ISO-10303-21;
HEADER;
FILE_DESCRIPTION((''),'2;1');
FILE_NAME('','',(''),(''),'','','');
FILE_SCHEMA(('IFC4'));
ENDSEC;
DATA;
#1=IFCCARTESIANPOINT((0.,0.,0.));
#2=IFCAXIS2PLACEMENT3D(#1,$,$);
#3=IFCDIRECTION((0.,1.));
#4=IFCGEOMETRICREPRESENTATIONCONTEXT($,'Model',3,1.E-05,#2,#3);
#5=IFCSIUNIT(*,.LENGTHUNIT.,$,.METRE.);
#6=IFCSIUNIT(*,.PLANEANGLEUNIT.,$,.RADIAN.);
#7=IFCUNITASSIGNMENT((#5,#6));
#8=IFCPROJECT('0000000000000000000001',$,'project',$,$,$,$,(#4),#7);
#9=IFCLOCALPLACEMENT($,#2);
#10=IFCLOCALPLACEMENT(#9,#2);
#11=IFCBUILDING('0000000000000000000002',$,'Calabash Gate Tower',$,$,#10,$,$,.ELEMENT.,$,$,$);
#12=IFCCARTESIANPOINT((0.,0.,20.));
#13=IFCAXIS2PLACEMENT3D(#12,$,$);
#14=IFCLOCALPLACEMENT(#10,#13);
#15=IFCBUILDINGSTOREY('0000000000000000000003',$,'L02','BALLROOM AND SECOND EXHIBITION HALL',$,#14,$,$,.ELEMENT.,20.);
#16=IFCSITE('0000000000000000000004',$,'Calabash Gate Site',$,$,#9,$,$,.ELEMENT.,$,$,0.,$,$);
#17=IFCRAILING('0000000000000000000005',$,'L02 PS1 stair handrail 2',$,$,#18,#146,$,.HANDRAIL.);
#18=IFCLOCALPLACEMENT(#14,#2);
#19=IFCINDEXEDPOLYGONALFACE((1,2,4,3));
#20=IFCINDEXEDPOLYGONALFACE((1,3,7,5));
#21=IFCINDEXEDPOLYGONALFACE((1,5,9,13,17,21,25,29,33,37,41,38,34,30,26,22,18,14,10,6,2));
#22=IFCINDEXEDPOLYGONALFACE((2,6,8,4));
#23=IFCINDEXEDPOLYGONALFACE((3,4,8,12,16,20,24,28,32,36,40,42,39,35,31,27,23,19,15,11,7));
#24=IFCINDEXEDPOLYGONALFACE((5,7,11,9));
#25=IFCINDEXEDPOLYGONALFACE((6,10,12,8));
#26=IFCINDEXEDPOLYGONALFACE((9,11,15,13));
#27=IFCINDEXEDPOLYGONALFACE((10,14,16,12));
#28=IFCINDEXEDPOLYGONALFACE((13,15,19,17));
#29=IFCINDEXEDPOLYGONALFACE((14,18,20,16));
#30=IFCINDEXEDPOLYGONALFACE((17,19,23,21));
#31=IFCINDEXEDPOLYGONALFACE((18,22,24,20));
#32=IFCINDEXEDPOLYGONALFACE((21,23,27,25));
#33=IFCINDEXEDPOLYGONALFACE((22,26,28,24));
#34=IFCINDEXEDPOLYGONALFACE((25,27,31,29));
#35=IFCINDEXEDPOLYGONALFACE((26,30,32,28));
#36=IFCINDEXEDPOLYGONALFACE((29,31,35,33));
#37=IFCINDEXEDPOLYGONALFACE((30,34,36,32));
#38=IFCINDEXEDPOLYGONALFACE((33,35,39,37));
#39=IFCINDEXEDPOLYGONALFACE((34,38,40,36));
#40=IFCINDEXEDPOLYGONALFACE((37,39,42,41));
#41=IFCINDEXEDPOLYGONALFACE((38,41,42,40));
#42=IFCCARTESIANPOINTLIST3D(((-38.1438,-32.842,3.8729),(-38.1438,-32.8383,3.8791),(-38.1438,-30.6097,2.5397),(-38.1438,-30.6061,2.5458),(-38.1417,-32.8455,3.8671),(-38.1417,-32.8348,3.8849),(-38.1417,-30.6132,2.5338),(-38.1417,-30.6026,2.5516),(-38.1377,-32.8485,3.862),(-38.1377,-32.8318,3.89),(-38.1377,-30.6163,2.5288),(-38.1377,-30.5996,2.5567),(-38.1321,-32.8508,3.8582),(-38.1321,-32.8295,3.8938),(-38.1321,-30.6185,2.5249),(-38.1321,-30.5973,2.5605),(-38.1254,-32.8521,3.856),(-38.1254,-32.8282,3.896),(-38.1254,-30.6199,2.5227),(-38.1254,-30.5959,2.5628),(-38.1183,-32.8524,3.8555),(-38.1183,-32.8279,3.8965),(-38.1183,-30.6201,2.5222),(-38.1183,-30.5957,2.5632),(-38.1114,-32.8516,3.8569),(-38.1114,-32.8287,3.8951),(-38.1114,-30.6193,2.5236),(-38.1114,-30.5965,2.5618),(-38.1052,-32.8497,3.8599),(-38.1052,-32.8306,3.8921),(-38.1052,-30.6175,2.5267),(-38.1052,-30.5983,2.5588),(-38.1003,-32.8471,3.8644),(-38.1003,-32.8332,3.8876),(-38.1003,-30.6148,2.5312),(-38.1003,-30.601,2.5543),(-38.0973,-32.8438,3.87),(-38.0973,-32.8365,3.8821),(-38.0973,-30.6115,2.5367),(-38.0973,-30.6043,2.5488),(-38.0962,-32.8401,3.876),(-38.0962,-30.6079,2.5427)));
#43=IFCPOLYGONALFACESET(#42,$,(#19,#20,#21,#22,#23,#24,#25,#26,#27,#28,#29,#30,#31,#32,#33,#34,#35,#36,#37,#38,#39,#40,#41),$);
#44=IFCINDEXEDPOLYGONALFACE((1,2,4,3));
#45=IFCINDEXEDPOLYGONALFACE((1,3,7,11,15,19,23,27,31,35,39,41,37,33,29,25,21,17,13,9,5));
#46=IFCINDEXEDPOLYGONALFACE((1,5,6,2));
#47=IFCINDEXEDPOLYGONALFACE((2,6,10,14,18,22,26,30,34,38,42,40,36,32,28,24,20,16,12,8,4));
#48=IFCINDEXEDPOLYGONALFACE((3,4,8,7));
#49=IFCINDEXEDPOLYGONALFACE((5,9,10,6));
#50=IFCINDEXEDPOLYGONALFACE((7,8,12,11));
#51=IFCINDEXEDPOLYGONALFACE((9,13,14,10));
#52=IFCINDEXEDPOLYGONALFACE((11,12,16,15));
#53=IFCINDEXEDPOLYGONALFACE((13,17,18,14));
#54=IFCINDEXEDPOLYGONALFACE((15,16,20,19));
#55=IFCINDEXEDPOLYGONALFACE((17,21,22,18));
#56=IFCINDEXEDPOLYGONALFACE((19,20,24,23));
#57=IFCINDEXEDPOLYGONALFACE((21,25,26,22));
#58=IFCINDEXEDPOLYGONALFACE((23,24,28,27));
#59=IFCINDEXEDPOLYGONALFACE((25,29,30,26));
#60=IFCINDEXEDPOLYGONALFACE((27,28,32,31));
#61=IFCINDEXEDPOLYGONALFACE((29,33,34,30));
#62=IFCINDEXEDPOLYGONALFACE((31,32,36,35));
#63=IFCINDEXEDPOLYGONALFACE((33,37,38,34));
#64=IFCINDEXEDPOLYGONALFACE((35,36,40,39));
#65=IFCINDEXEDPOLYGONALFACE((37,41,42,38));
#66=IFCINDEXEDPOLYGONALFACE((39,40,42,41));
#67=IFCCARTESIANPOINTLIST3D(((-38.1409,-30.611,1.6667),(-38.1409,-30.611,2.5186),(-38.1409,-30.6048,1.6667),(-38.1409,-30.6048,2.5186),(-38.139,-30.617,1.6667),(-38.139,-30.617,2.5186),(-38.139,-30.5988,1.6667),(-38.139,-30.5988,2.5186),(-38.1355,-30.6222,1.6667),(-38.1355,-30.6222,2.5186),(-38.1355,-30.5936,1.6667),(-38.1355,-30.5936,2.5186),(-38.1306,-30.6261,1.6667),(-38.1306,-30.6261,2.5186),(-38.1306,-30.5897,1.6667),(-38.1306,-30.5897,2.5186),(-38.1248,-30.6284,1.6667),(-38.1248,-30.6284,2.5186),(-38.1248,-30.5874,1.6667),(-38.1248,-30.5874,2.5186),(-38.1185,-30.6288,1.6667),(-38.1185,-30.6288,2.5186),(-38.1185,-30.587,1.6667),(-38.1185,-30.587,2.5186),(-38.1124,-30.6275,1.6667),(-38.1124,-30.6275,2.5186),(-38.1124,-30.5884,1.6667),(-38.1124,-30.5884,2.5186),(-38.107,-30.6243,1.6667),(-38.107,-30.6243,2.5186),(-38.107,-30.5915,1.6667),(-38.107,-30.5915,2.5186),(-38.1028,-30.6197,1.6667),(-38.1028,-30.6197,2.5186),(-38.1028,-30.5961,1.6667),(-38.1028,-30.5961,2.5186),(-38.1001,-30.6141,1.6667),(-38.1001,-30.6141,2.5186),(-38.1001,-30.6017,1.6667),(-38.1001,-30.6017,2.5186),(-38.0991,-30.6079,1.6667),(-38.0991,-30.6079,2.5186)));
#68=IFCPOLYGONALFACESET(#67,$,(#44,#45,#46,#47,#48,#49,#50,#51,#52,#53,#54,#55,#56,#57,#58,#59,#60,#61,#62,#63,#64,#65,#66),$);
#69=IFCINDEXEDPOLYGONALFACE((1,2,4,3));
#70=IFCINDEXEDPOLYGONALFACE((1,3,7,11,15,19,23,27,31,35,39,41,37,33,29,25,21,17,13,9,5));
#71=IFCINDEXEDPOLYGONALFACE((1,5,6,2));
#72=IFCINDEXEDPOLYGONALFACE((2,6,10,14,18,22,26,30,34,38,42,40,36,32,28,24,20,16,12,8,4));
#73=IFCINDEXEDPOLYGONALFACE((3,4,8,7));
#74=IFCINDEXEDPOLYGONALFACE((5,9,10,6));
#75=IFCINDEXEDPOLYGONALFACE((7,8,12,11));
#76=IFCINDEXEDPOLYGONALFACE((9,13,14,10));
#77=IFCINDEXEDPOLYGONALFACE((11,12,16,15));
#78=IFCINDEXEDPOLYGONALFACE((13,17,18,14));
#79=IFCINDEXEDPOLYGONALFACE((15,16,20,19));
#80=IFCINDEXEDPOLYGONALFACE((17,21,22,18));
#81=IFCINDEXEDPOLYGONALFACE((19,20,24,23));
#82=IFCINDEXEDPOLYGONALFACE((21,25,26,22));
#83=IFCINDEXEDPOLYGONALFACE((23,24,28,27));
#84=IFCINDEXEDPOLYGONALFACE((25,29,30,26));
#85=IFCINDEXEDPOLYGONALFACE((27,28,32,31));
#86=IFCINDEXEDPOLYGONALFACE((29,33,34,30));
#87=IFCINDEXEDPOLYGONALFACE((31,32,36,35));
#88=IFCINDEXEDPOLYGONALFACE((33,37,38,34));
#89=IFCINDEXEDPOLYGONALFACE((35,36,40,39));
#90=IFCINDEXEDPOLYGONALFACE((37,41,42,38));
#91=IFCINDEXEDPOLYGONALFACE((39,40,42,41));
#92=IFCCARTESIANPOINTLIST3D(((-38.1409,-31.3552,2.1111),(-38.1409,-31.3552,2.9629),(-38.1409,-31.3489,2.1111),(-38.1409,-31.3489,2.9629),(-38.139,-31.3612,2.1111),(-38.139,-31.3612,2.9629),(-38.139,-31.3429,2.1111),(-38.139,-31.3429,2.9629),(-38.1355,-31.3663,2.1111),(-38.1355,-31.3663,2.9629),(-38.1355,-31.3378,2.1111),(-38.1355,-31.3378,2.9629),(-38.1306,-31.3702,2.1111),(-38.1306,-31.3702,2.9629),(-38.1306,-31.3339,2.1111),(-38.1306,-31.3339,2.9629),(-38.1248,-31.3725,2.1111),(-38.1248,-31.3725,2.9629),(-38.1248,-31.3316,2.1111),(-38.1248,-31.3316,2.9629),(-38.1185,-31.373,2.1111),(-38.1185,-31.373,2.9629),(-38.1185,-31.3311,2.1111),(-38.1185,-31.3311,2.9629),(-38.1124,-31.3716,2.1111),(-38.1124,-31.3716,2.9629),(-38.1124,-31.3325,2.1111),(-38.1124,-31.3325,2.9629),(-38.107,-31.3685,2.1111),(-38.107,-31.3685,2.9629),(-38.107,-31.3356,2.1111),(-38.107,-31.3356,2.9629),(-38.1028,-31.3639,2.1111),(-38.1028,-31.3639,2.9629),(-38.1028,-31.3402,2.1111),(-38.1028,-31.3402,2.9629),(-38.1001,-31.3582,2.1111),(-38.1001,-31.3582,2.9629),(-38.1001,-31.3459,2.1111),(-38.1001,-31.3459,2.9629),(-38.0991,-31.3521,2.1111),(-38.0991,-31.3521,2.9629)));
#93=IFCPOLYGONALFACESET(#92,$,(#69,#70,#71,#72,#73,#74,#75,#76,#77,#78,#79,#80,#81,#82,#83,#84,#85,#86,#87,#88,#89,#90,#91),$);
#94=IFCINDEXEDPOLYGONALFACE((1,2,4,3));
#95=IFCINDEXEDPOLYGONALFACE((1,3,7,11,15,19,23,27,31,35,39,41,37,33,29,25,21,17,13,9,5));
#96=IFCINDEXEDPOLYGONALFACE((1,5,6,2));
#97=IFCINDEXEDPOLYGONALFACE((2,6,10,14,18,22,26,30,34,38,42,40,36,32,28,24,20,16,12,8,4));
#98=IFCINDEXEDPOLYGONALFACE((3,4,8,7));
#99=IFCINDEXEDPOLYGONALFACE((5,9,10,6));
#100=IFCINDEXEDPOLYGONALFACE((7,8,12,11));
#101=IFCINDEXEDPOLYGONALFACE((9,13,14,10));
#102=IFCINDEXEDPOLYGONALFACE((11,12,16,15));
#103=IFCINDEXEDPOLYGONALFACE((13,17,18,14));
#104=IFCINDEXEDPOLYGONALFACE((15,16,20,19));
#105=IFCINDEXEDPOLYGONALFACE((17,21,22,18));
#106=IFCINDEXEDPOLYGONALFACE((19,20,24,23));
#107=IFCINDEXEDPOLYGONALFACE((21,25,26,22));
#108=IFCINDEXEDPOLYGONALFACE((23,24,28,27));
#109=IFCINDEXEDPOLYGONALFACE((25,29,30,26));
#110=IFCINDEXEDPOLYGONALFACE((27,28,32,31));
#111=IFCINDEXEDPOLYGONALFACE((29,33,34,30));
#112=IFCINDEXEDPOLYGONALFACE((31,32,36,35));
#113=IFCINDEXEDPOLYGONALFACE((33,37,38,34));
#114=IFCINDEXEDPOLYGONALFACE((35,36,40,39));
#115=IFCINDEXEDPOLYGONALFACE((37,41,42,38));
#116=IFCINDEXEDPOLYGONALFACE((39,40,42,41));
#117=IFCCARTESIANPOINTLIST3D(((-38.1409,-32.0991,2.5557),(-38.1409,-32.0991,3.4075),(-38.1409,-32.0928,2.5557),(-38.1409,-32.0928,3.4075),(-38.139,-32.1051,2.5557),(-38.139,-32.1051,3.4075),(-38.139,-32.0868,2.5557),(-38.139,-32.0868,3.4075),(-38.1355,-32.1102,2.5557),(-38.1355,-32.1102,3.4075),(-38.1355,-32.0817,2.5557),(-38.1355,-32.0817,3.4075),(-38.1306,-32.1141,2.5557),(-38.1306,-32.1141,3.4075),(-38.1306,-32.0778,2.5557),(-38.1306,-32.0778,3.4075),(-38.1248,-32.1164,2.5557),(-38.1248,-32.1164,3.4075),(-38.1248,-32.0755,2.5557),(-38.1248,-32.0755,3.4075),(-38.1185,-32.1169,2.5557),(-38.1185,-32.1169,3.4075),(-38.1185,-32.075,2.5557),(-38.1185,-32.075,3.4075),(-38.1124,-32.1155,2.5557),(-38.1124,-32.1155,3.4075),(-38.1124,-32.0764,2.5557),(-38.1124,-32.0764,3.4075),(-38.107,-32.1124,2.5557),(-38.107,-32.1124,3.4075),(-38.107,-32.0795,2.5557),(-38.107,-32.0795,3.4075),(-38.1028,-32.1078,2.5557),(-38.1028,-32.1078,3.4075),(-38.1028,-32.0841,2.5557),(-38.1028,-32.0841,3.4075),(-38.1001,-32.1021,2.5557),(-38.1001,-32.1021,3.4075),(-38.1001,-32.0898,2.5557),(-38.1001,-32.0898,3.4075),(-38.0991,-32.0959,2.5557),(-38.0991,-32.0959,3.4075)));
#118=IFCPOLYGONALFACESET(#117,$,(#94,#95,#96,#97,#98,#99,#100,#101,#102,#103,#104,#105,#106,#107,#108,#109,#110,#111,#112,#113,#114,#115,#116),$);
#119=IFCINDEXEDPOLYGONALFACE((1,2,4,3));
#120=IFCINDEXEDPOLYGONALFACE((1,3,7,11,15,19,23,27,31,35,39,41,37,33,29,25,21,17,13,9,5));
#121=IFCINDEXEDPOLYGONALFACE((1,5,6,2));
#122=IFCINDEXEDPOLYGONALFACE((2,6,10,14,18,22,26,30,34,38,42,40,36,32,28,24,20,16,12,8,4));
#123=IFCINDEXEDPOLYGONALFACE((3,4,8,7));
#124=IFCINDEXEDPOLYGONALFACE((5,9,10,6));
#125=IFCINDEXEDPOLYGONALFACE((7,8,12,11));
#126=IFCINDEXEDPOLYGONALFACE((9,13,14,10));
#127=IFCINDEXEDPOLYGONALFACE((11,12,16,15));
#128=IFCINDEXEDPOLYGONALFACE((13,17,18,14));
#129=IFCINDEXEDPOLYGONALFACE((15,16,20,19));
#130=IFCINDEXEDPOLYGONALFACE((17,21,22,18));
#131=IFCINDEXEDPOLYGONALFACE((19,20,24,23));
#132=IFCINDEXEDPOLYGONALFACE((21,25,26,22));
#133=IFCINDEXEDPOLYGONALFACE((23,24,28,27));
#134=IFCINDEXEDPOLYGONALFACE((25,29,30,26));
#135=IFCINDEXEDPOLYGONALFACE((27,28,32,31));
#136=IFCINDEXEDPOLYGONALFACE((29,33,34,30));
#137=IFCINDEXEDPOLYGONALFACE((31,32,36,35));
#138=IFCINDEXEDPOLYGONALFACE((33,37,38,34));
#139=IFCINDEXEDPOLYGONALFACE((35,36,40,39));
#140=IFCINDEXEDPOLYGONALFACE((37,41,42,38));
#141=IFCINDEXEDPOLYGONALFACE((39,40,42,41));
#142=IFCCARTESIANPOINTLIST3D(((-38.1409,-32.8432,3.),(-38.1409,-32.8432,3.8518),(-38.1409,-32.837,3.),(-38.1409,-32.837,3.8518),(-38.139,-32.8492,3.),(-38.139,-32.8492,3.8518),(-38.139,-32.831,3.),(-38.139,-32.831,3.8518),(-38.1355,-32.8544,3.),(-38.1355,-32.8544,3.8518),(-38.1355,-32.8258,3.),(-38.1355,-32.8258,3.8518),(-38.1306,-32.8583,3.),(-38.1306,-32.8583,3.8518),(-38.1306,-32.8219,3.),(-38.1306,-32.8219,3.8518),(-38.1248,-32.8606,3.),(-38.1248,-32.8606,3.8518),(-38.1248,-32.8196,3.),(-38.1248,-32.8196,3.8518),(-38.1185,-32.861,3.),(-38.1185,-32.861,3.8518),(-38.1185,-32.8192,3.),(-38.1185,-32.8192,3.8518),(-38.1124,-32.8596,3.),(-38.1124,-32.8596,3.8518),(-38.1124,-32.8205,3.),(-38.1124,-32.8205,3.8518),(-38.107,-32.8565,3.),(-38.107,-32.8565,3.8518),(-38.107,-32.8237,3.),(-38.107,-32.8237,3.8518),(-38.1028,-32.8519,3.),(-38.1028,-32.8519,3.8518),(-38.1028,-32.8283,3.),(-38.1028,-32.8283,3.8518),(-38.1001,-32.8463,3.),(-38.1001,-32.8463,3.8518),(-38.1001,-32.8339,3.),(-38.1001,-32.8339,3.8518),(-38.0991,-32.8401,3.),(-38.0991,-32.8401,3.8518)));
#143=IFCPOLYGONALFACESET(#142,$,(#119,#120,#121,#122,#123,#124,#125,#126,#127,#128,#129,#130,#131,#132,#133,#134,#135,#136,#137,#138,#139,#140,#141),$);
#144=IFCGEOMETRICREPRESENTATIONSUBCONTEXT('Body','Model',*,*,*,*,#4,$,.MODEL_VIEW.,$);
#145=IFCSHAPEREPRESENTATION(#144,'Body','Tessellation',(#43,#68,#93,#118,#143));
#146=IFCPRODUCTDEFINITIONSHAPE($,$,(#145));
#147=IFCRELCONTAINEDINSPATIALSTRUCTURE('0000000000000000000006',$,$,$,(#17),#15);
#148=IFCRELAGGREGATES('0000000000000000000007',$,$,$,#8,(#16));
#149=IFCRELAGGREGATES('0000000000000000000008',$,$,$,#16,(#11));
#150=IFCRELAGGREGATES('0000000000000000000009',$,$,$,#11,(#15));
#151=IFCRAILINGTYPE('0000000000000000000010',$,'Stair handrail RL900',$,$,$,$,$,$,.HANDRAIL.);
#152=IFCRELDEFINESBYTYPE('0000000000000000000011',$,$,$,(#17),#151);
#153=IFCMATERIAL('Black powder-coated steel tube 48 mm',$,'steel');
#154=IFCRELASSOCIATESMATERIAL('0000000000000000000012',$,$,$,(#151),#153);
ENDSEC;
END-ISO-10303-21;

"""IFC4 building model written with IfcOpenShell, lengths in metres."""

from ifc_helpers import new_model, si_unit, direction, frame, origin, origin_2d, place, context, subcontext, project, spatial, circle, extrude, material, type_object, element, save


model = new_model("IFC4")

# Units and contexts
model_context = context("Model", 3, precision=1e-05, world=origin(), true_north=direction((0.0, 1.0)))
body_context = subcontext(model_context, "Body", "Model", "MODEL_VIEW")
ifc_project = project(units=[si_unit("LENGTHUNIT", "METRE"), si_unit("PLANEANGLEUNIT", "RADIAN")], contexts=[model_context])

# Site, building, storey
site_placement = place(None, origin())
site = spatial("IfcSite", under=ifc_project, at=site_placement, Name="Calabash Gate Site", CompositionType="ELEMENT", RefElevation=0.0)
building_placement = place(site_placement, origin())
building = spatial("IfcBuilding", under=site, at=building_placement, Name="Calabash Gate Tower", CompositionType="ELEMENT")
storey_placement = place(building_placement, frame((0.0, 0.0, 20.0)))
storey = spatial("IfcBuildingStorey", under=building, at=storey_placement, Name="L02", Description="BALLROOM AND SECOND EXHIBITION HALL", CompositionType="ELEMENT", Elevation=20.0)

# Railing
ifc_material_1 = material(Name="Black powder-coated steel tube 48 mm", Category="steel")
railing_type_1 = type_object("IfcRailingType", Name="Stair handrail RL900", PredefinedType="HANDRAIL", material=ifc_material_1)
for number, where, name in (
    (1, (-38.1201, -30.6079, 1.6667), "L02 PS1 stair handrail 2"),
):
    element("IfcRailing", number, at=place(storey_placement, frame(where)), inside=storey, type_object=railing_type_1, Name=name, PredefinedType="HANDRAIL", context=body_context, shape_type="SweptSolid", body=[
        extrude(circle(Radius=0.0239, at=origin_2d()), frame((0.0, 0.0, 0.876), z_axis=(0.0, -0.858519, 0.512782), x_axis=(1.0, 0.0, 0.0)), (0.0, 0.0, 1.0), 2.6001),
        extrude(circle(Radius=0.021, at=origin_2d()), origin(), (0.0, 0.0, 1.0), 0.8518),
        extrude(circle(Radius=0.021, at=origin_2d()), frame((0.0, -0.7441, 0.4443)), (0.0, 0.0, 1.0), 0.8518),
        extrude(circle(Radius=0.021, at=origin_2d()), frame((0.0, -1.488, 0.8889)), (0.0, 0.0, 1.0), 0.8518),
        extrude(circle(Radius=0.021, at=origin_2d()), frame((0.0, -2.2322, 1.3333)), (0.0, 0.0, 1.0), 0.8518),
    ])

save(model, "model.ifc")
